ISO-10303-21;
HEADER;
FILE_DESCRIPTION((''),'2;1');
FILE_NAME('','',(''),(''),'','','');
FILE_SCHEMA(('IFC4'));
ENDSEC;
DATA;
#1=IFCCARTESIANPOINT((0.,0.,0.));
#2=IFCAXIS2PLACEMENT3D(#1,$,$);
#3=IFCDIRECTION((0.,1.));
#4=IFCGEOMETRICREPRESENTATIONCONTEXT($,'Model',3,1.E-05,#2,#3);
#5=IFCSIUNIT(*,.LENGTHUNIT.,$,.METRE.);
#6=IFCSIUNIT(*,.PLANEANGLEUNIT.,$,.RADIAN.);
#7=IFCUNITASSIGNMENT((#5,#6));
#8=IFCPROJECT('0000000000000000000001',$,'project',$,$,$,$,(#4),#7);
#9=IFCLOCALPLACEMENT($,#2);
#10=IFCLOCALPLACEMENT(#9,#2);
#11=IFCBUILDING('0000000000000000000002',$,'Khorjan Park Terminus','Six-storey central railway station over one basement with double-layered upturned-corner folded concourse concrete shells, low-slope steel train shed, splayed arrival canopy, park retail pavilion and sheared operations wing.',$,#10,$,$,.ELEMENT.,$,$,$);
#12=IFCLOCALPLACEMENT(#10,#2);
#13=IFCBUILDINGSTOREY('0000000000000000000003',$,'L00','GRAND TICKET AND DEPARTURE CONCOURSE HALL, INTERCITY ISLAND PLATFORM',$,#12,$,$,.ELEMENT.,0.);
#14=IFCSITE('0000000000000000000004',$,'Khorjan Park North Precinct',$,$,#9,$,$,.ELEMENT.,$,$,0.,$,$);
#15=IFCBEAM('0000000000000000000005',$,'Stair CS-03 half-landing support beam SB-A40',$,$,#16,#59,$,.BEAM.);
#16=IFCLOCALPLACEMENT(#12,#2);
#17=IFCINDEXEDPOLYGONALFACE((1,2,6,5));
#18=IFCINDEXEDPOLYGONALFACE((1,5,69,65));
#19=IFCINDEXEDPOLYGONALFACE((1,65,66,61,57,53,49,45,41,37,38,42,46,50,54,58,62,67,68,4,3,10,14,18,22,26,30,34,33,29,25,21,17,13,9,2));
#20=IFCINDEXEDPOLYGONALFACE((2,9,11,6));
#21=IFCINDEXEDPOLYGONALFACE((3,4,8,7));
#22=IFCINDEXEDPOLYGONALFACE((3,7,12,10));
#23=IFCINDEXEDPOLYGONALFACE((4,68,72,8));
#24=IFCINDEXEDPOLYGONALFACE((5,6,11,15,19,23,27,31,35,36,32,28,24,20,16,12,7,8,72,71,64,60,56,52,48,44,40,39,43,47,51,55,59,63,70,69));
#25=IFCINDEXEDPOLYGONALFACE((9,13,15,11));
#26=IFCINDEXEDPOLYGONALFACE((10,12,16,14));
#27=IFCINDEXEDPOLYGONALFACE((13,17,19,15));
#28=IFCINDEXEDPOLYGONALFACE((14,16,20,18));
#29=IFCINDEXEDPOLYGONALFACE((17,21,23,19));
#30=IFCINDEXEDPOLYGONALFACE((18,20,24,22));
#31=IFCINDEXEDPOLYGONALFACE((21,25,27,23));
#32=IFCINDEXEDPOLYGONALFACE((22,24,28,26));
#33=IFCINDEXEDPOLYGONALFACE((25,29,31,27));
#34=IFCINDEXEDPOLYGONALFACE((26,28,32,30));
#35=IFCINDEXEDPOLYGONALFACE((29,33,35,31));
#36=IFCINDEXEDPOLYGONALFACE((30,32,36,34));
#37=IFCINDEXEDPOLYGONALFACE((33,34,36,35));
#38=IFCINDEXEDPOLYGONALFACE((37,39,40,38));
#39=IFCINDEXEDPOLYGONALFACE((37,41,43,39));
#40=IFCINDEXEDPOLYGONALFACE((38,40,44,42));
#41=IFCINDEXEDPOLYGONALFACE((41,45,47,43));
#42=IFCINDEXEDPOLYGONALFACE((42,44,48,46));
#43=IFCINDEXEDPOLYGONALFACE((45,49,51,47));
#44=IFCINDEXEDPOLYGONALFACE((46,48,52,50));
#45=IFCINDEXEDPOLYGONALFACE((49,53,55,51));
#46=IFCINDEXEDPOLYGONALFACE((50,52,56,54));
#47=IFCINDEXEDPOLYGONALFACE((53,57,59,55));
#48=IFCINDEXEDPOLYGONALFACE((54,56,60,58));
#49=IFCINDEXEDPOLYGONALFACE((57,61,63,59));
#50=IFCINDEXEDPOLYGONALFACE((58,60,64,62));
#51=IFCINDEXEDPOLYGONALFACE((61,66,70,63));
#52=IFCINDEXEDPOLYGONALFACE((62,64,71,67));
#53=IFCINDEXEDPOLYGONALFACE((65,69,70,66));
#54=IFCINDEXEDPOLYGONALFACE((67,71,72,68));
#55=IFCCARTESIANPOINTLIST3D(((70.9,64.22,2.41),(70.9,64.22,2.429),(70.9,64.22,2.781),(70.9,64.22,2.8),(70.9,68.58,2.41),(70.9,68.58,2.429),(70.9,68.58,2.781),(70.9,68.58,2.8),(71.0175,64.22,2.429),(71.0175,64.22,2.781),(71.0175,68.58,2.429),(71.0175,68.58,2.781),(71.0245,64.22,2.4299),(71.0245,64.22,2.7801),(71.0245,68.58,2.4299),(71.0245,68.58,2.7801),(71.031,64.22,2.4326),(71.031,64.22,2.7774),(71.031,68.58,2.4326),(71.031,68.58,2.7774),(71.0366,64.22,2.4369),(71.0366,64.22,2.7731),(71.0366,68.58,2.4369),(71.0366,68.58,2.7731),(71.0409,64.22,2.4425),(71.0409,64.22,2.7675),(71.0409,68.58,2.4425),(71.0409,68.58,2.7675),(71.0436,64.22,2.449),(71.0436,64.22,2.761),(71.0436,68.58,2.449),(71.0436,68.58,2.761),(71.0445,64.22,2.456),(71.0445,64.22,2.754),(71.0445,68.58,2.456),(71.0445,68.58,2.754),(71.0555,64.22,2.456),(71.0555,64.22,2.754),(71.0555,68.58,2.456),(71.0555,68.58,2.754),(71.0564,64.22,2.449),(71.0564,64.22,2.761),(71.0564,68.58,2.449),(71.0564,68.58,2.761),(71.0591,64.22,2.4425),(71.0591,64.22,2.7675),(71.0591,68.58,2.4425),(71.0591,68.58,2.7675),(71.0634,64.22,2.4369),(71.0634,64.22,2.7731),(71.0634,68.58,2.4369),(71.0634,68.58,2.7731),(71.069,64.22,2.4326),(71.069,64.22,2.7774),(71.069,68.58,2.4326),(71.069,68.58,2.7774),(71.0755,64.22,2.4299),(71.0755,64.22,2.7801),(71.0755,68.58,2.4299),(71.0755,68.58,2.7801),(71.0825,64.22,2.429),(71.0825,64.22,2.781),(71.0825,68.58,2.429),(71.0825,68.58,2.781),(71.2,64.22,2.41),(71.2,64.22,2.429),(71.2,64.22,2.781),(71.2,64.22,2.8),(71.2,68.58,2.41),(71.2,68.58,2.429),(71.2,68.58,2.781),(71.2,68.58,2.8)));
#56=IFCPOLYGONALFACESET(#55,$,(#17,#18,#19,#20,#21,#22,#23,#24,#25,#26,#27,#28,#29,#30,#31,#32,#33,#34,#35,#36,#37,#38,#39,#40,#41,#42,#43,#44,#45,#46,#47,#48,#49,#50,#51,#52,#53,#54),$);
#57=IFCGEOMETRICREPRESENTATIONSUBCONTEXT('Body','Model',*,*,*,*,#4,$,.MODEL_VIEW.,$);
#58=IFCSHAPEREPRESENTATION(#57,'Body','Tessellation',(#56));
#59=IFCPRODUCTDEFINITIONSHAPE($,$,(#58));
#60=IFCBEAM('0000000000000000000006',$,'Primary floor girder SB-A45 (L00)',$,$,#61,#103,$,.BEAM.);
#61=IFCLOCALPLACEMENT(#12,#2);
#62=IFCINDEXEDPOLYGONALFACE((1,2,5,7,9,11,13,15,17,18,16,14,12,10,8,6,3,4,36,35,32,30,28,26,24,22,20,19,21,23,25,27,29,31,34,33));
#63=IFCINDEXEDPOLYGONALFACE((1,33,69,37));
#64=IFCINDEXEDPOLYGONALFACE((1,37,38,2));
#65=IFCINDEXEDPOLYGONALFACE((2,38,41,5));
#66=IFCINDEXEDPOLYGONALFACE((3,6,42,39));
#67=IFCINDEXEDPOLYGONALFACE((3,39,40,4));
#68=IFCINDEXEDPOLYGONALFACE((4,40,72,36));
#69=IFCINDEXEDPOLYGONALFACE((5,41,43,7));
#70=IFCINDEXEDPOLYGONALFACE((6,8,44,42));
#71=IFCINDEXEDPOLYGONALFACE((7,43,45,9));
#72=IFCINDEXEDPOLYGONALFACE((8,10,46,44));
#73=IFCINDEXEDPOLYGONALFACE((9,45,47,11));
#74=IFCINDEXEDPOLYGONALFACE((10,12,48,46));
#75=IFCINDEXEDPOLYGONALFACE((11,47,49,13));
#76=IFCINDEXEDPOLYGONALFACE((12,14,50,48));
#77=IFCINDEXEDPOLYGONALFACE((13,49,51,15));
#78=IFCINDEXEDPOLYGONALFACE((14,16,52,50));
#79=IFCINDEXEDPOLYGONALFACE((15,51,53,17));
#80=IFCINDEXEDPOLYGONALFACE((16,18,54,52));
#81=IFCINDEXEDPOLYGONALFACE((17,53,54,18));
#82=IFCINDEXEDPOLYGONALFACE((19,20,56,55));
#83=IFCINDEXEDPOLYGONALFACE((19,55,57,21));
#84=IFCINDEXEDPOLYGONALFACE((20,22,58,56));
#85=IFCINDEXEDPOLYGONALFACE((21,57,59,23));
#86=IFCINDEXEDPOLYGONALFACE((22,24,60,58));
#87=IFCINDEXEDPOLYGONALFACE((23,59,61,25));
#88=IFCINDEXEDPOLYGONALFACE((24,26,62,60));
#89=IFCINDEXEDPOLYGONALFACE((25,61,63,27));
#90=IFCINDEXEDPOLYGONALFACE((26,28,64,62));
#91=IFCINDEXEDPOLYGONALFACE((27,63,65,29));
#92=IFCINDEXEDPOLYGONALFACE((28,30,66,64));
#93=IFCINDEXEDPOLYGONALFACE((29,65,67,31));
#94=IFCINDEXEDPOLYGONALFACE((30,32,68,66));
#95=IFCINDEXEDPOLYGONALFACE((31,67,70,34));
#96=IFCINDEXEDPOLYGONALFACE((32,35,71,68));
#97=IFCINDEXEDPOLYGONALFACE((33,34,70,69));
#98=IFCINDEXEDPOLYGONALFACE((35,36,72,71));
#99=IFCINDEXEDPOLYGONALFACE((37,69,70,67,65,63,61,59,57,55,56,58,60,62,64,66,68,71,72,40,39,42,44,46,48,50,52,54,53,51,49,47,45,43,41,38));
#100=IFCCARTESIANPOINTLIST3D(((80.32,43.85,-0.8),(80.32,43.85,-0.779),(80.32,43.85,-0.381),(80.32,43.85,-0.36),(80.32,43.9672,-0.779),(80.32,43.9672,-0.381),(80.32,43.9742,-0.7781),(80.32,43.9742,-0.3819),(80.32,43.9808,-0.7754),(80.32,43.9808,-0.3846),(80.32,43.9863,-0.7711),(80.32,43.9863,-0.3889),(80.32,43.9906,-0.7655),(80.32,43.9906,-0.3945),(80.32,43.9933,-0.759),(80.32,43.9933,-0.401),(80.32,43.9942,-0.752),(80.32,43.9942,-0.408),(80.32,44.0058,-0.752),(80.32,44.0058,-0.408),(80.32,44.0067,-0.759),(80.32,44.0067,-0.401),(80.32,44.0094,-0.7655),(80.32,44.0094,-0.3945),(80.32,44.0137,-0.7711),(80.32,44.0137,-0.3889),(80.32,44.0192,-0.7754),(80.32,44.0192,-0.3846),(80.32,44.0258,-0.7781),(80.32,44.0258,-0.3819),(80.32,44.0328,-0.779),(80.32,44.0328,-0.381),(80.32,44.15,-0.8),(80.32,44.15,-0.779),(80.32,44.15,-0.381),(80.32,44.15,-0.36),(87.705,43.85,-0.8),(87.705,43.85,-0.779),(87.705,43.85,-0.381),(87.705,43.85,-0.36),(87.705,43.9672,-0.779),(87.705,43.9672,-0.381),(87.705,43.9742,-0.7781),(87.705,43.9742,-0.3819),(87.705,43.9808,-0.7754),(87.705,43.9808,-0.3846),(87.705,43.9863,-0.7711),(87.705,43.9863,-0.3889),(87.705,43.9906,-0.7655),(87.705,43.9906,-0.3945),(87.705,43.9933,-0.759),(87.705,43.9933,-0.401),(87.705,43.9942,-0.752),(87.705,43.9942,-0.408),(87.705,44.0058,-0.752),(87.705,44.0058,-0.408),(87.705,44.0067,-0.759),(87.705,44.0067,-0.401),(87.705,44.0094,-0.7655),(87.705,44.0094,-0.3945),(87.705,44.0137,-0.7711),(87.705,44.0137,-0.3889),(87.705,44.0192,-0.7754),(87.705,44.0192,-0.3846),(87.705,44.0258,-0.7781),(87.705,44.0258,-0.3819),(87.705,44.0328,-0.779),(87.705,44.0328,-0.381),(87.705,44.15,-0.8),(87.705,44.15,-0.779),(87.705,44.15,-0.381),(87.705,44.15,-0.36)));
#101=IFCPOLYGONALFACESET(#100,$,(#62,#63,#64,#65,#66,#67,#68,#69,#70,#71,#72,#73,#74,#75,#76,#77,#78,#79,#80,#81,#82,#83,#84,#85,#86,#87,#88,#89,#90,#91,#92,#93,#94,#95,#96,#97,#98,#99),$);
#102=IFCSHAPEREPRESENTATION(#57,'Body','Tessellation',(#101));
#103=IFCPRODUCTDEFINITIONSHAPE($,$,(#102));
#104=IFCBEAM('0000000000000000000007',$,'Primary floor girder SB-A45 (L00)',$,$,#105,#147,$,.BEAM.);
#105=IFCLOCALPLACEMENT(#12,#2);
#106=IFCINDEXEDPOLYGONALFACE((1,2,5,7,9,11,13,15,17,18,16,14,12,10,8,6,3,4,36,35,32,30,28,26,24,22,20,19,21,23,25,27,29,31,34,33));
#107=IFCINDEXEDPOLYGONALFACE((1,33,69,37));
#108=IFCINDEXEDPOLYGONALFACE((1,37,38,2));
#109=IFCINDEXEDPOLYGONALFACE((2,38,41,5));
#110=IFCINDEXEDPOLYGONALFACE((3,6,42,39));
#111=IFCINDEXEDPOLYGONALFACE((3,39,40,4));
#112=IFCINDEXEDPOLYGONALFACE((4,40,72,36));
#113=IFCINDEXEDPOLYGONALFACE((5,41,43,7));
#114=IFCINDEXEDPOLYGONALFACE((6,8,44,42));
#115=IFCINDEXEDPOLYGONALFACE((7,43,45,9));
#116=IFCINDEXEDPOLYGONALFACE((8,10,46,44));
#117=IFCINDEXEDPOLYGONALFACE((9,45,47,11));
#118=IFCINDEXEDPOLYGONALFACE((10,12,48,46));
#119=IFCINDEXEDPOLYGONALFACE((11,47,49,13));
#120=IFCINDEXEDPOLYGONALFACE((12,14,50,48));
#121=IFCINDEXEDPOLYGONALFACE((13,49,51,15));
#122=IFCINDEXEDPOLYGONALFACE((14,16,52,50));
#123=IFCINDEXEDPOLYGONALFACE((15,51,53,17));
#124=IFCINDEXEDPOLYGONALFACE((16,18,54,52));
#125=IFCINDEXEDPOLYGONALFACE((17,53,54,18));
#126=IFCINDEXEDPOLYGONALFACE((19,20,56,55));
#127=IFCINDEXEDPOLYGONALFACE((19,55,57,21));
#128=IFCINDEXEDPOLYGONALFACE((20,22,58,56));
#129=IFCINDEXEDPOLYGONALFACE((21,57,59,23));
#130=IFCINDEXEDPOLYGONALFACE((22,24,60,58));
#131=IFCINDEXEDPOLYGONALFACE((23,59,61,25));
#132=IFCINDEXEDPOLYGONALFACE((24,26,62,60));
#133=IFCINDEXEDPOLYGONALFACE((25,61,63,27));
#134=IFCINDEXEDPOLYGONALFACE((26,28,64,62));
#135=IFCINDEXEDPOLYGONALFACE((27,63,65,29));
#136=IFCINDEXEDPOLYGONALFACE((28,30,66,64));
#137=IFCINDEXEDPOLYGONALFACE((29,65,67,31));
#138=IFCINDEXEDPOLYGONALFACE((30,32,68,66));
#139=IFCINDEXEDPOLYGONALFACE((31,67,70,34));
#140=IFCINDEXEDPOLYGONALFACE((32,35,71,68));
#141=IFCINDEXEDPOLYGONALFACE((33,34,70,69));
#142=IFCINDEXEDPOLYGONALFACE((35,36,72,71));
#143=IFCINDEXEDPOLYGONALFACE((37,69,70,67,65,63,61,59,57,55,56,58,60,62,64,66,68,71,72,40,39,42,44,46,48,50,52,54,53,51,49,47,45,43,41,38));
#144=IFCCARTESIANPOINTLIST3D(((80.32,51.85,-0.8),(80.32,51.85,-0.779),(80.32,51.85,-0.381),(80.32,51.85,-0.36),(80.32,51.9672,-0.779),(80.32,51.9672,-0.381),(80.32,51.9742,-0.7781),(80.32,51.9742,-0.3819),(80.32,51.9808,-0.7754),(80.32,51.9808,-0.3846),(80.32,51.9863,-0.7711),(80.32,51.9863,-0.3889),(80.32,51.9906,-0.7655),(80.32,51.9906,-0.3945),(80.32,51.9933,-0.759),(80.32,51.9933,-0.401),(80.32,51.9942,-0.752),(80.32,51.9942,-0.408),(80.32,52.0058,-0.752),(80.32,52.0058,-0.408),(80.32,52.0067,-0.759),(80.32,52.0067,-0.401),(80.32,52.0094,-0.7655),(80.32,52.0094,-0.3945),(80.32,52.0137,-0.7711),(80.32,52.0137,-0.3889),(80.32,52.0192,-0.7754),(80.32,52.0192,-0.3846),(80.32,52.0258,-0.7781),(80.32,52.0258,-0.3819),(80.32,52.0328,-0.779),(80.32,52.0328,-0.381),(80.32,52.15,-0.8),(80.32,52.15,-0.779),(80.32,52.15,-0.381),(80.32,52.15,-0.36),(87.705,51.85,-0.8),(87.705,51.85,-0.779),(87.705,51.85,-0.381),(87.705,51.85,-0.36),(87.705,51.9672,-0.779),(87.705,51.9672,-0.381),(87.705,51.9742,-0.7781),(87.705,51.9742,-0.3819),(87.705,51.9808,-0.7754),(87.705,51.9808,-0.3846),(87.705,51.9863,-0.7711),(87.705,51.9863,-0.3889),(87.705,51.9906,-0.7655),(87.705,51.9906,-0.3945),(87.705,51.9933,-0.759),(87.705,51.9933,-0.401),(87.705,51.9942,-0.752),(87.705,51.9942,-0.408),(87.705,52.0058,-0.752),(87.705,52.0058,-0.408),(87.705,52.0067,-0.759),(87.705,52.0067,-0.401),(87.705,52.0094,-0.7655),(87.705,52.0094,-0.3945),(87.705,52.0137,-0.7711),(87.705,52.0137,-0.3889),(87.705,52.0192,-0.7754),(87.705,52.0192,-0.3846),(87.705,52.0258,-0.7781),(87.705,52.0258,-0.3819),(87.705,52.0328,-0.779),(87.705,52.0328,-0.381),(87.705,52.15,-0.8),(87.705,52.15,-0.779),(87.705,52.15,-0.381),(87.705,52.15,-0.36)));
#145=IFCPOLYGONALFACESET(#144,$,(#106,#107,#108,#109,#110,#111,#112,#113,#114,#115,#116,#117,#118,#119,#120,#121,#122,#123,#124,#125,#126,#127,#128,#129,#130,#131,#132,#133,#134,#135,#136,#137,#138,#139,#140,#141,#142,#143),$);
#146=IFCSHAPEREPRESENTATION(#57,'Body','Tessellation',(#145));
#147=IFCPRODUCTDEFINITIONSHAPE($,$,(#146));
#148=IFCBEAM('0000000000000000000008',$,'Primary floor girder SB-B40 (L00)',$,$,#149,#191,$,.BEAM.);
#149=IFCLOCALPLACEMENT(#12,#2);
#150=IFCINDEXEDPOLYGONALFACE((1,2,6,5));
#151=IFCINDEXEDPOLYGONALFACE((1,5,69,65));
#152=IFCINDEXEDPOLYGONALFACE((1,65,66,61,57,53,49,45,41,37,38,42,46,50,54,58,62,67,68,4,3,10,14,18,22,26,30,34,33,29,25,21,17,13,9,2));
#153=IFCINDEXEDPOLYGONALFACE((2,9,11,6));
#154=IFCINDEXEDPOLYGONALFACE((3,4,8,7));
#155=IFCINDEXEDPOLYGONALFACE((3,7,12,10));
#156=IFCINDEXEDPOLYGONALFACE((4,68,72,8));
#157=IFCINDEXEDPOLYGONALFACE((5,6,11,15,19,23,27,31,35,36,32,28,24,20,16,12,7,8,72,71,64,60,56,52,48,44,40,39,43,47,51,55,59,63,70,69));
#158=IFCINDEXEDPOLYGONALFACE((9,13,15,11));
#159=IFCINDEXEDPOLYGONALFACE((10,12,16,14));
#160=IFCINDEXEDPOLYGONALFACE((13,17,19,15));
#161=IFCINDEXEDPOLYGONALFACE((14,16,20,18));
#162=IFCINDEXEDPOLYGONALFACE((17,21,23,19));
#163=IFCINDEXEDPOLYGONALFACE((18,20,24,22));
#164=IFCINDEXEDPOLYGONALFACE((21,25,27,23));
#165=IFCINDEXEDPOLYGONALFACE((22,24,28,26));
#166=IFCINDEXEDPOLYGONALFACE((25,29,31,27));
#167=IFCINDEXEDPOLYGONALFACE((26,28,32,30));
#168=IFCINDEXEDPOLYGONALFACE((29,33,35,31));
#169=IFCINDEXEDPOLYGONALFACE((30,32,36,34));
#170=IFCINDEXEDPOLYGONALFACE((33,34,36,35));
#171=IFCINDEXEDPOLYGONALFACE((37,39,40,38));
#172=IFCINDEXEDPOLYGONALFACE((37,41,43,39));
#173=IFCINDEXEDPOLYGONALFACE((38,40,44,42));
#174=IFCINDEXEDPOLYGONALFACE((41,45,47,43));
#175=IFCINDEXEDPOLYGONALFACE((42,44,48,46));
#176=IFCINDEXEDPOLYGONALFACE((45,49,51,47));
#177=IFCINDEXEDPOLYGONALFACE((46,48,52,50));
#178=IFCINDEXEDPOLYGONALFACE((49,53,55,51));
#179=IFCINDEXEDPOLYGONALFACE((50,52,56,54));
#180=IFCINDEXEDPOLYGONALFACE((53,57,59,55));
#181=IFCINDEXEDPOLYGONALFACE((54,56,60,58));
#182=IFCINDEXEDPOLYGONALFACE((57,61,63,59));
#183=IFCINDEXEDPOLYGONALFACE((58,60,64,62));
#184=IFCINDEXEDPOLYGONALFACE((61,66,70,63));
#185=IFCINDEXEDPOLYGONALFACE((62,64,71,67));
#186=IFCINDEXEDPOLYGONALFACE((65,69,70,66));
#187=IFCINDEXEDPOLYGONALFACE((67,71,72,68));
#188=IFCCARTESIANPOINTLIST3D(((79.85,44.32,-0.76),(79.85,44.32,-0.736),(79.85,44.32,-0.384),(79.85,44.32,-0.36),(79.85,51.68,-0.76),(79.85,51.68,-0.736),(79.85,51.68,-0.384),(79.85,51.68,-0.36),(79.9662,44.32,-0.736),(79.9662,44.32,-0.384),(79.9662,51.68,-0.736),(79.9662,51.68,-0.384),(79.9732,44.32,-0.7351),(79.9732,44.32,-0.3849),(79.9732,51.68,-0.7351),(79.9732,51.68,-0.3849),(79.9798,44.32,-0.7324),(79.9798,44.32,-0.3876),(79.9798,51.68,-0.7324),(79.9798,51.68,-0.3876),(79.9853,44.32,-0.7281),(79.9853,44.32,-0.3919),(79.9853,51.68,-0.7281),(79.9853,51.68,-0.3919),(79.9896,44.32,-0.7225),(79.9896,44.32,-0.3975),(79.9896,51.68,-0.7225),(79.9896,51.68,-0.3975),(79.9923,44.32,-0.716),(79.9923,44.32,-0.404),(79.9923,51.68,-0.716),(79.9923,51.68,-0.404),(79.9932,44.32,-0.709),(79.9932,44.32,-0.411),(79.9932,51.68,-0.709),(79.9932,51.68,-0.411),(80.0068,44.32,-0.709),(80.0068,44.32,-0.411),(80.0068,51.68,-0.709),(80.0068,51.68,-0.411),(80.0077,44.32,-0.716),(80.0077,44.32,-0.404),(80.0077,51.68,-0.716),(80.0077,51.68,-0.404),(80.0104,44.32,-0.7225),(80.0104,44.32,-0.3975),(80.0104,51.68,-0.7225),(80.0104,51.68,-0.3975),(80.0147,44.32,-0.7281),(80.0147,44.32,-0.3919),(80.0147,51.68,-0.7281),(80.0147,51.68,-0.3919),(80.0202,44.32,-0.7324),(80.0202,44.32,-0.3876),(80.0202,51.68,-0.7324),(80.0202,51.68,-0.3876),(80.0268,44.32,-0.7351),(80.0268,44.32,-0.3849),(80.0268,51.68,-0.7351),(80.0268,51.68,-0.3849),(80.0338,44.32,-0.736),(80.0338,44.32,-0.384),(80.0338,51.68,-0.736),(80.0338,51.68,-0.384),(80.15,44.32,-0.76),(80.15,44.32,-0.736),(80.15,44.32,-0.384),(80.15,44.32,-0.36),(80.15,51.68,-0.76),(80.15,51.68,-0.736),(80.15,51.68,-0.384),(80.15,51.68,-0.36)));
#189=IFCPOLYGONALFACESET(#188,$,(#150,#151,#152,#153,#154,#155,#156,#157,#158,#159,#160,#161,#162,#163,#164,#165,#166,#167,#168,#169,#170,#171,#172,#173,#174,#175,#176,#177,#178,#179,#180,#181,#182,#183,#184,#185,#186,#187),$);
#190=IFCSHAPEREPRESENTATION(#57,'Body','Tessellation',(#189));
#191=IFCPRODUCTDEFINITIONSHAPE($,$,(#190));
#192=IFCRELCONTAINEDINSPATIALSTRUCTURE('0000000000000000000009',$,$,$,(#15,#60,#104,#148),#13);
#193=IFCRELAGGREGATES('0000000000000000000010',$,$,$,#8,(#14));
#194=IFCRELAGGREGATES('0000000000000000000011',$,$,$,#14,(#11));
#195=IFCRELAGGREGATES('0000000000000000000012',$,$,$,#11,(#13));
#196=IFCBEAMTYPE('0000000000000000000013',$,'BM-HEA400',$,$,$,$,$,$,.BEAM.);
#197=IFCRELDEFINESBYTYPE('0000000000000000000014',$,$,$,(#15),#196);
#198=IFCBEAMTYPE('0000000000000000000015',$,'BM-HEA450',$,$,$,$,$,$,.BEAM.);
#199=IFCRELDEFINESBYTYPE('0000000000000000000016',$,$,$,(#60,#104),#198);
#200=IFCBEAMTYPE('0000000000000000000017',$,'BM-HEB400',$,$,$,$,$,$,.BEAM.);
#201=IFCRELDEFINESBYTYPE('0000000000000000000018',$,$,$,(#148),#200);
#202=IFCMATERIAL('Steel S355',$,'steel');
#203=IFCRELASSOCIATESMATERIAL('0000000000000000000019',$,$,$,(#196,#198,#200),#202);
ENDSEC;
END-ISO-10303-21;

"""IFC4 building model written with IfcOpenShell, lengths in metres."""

from ifc_helpers import new_model, si_unit, direction, frame, origin, origin_2d, place, context, subcontext, project, spatial, i_section, extrude, material, material_profile, profile_set, type_object, element, save


model = new_model("IFC4")

# Units and contexts
model_context = context("Model", 3, precision=1e-05, world=origin(), true_north=direction((0.0, 1.0)))
body_context = subcontext(model_context, "Body", "Model", "MODEL_VIEW")
ifc_project = project(units=[si_unit("LENGTHUNIT", "METRE"), si_unit("PLANEANGLEUNIT", "RADIAN")], contexts=[model_context])

# Site, building, storey
site_placement = place(None, origin())
site = spatial("IfcSite", under=ifc_project, at=site_placement, Name="Khorjan Park North Precinct", CompositionType="ELEMENT", RefElevation=0.0)
building_placement = place(site_placement, origin())
building = spatial("IfcBuilding", under=site, at=building_placement, Name="Khorjan Park Terminus", Description="Six-storey central railway station over one basement with double-layered upturned-corner folded concourse concrete shells, low-slope steel train shed, splayed arrival canopy, park retail pavilion and sheared operations wing.", CompositionType="ELEMENT")
storey_placement = place(building_placement, origin())
storey = spatial("IfcBuildingStorey", under=building, at=storey_placement, Name="L00", Description="GRAND TICKET AND DEPARTURE CONCOURSE HALL, INTERCITY ISLAND PLATFORM", CompositionType="ELEMENT", Elevation=0.0)

# Shared definitions
ifc_material_1 = material(Name="Steel S355", Category="steel")

# Beams
ifc_material_profile_1 = material_profile(ifc_material_1, i_section(OverallWidth=0.3, OverallDepth=0.39, WebThickness=0.011, FlangeThickness=0.019, FilletRadius=0.027, at=origin_2d()), Name="HEA 400")
ifc_profile_set_1 = profile_set([ifc_material_profile_1], Name="Steel S355")
beam_type_1 = type_object("IfcBeamType", Name="BM-HEA400", PredefinedType="BEAM", material=ifc_profile_set_1)
beam_1_placement = place(storey_placement, frame((71.05, 64.22, 2.605), z_axis=(0.0, 1.0, 0.0), x_axis=(-1.0, 0.0, 0.0)))
element("IfcBeam", 1, at=beam_1_placement, inside=storey, type_object=beam_type_1, Name="Stair CS-03 half-landing support beam SB-A40", PredefinedType="BEAM", context=body_context, shape_type="SweptSolid", body=[
    extrude(i_section(OverallWidth=0.3, OverallDepth=0.39, WebThickness=0.011, FlangeThickness=0.019, FilletRadius=0.027, at=origin_2d()), origin(), (0.0, 0.0, 1.0), 4.36),
])
ifc_material_profile_2 = material_profile(ifc_material_1, i_section(OverallWidth=0.3, OverallDepth=0.44, WebThickness=0.0115, FlangeThickness=0.021, FilletRadius=0.027, at=origin_2d()), Name="HEA 450")
ifc_profile_set_2 = profile_set([ifc_material_profile_2], Name="Steel S355")
beam_type_2 = type_object("IfcBeamType", Name="BM-HEA450", PredefinedType="BEAM", material=ifc_profile_set_2)
for number, where, z_axis, x_axis, name in (
    (2, (80.32, 44.0, -0.58), (1.0, 0.0, 0.0), (0.0, 1.0, 0.0), "Primary floor girder SB-A45 (L00)"),
    (3, (80.32, 52.0, -0.58), (1.0, 0.0, 0.0), (0.0, 1.0, 0.0), "Primary floor girder SB-A45 (L00)"),
):
    element("IfcBeam", number, at=place(storey_placement, frame(where, z_axis=z_axis, x_axis=x_axis)), inside=storey, type_object=beam_type_2, Name=name, PredefinedType="BEAM", context=body_context, shape_type="SweptSolid", body=[
        extrude(i_section(OverallWidth=0.3, OverallDepth=0.44, WebThickness=0.0115, FlangeThickness=0.021, FilletRadius=0.027, at=origin_2d()), origin(), (0.0, 0.0, 1.0), 7.385),
    ])
ifc_material_profile_3 = material_profile(ifc_material_1, i_section(OverallWidth=0.3, OverallDepth=0.4, WebThickness=0.0135, FlangeThickness=0.024, FilletRadius=0.027, at=origin_2d()), Name="HEB 400")
ifc_profile_set_3 = profile_set([ifc_material_profile_3], Name="Steel S355")
beam_type_3 = type_object("IfcBeamType", Name="BM-HEB400", PredefinedType="BEAM", material=ifc_profile_set_3)
beam_2_placement = place(storey_placement, frame((80.0, 44.32, -0.56), z_axis=(0.0, 1.0, 0.0), x_axis=(-1.0, 0.0, 0.0)))
element("IfcBeam", 4, at=beam_2_placement, inside=storey, type_object=beam_type_3, Name="Primary floor girder SB-B40 (L00)", PredefinedType="BEAM", context=body_context, shape_type="SweptSolid", body=[
    extrude(i_section(OverallWidth=0.3, OverallDepth=0.4, WebThickness=0.0135, FlangeThickness=0.024, FilletRadius=0.027, at=origin_2d()), origin(), (0.0, 0.0, 1.0), 7.36),
])

save(model, "model.ifc")
